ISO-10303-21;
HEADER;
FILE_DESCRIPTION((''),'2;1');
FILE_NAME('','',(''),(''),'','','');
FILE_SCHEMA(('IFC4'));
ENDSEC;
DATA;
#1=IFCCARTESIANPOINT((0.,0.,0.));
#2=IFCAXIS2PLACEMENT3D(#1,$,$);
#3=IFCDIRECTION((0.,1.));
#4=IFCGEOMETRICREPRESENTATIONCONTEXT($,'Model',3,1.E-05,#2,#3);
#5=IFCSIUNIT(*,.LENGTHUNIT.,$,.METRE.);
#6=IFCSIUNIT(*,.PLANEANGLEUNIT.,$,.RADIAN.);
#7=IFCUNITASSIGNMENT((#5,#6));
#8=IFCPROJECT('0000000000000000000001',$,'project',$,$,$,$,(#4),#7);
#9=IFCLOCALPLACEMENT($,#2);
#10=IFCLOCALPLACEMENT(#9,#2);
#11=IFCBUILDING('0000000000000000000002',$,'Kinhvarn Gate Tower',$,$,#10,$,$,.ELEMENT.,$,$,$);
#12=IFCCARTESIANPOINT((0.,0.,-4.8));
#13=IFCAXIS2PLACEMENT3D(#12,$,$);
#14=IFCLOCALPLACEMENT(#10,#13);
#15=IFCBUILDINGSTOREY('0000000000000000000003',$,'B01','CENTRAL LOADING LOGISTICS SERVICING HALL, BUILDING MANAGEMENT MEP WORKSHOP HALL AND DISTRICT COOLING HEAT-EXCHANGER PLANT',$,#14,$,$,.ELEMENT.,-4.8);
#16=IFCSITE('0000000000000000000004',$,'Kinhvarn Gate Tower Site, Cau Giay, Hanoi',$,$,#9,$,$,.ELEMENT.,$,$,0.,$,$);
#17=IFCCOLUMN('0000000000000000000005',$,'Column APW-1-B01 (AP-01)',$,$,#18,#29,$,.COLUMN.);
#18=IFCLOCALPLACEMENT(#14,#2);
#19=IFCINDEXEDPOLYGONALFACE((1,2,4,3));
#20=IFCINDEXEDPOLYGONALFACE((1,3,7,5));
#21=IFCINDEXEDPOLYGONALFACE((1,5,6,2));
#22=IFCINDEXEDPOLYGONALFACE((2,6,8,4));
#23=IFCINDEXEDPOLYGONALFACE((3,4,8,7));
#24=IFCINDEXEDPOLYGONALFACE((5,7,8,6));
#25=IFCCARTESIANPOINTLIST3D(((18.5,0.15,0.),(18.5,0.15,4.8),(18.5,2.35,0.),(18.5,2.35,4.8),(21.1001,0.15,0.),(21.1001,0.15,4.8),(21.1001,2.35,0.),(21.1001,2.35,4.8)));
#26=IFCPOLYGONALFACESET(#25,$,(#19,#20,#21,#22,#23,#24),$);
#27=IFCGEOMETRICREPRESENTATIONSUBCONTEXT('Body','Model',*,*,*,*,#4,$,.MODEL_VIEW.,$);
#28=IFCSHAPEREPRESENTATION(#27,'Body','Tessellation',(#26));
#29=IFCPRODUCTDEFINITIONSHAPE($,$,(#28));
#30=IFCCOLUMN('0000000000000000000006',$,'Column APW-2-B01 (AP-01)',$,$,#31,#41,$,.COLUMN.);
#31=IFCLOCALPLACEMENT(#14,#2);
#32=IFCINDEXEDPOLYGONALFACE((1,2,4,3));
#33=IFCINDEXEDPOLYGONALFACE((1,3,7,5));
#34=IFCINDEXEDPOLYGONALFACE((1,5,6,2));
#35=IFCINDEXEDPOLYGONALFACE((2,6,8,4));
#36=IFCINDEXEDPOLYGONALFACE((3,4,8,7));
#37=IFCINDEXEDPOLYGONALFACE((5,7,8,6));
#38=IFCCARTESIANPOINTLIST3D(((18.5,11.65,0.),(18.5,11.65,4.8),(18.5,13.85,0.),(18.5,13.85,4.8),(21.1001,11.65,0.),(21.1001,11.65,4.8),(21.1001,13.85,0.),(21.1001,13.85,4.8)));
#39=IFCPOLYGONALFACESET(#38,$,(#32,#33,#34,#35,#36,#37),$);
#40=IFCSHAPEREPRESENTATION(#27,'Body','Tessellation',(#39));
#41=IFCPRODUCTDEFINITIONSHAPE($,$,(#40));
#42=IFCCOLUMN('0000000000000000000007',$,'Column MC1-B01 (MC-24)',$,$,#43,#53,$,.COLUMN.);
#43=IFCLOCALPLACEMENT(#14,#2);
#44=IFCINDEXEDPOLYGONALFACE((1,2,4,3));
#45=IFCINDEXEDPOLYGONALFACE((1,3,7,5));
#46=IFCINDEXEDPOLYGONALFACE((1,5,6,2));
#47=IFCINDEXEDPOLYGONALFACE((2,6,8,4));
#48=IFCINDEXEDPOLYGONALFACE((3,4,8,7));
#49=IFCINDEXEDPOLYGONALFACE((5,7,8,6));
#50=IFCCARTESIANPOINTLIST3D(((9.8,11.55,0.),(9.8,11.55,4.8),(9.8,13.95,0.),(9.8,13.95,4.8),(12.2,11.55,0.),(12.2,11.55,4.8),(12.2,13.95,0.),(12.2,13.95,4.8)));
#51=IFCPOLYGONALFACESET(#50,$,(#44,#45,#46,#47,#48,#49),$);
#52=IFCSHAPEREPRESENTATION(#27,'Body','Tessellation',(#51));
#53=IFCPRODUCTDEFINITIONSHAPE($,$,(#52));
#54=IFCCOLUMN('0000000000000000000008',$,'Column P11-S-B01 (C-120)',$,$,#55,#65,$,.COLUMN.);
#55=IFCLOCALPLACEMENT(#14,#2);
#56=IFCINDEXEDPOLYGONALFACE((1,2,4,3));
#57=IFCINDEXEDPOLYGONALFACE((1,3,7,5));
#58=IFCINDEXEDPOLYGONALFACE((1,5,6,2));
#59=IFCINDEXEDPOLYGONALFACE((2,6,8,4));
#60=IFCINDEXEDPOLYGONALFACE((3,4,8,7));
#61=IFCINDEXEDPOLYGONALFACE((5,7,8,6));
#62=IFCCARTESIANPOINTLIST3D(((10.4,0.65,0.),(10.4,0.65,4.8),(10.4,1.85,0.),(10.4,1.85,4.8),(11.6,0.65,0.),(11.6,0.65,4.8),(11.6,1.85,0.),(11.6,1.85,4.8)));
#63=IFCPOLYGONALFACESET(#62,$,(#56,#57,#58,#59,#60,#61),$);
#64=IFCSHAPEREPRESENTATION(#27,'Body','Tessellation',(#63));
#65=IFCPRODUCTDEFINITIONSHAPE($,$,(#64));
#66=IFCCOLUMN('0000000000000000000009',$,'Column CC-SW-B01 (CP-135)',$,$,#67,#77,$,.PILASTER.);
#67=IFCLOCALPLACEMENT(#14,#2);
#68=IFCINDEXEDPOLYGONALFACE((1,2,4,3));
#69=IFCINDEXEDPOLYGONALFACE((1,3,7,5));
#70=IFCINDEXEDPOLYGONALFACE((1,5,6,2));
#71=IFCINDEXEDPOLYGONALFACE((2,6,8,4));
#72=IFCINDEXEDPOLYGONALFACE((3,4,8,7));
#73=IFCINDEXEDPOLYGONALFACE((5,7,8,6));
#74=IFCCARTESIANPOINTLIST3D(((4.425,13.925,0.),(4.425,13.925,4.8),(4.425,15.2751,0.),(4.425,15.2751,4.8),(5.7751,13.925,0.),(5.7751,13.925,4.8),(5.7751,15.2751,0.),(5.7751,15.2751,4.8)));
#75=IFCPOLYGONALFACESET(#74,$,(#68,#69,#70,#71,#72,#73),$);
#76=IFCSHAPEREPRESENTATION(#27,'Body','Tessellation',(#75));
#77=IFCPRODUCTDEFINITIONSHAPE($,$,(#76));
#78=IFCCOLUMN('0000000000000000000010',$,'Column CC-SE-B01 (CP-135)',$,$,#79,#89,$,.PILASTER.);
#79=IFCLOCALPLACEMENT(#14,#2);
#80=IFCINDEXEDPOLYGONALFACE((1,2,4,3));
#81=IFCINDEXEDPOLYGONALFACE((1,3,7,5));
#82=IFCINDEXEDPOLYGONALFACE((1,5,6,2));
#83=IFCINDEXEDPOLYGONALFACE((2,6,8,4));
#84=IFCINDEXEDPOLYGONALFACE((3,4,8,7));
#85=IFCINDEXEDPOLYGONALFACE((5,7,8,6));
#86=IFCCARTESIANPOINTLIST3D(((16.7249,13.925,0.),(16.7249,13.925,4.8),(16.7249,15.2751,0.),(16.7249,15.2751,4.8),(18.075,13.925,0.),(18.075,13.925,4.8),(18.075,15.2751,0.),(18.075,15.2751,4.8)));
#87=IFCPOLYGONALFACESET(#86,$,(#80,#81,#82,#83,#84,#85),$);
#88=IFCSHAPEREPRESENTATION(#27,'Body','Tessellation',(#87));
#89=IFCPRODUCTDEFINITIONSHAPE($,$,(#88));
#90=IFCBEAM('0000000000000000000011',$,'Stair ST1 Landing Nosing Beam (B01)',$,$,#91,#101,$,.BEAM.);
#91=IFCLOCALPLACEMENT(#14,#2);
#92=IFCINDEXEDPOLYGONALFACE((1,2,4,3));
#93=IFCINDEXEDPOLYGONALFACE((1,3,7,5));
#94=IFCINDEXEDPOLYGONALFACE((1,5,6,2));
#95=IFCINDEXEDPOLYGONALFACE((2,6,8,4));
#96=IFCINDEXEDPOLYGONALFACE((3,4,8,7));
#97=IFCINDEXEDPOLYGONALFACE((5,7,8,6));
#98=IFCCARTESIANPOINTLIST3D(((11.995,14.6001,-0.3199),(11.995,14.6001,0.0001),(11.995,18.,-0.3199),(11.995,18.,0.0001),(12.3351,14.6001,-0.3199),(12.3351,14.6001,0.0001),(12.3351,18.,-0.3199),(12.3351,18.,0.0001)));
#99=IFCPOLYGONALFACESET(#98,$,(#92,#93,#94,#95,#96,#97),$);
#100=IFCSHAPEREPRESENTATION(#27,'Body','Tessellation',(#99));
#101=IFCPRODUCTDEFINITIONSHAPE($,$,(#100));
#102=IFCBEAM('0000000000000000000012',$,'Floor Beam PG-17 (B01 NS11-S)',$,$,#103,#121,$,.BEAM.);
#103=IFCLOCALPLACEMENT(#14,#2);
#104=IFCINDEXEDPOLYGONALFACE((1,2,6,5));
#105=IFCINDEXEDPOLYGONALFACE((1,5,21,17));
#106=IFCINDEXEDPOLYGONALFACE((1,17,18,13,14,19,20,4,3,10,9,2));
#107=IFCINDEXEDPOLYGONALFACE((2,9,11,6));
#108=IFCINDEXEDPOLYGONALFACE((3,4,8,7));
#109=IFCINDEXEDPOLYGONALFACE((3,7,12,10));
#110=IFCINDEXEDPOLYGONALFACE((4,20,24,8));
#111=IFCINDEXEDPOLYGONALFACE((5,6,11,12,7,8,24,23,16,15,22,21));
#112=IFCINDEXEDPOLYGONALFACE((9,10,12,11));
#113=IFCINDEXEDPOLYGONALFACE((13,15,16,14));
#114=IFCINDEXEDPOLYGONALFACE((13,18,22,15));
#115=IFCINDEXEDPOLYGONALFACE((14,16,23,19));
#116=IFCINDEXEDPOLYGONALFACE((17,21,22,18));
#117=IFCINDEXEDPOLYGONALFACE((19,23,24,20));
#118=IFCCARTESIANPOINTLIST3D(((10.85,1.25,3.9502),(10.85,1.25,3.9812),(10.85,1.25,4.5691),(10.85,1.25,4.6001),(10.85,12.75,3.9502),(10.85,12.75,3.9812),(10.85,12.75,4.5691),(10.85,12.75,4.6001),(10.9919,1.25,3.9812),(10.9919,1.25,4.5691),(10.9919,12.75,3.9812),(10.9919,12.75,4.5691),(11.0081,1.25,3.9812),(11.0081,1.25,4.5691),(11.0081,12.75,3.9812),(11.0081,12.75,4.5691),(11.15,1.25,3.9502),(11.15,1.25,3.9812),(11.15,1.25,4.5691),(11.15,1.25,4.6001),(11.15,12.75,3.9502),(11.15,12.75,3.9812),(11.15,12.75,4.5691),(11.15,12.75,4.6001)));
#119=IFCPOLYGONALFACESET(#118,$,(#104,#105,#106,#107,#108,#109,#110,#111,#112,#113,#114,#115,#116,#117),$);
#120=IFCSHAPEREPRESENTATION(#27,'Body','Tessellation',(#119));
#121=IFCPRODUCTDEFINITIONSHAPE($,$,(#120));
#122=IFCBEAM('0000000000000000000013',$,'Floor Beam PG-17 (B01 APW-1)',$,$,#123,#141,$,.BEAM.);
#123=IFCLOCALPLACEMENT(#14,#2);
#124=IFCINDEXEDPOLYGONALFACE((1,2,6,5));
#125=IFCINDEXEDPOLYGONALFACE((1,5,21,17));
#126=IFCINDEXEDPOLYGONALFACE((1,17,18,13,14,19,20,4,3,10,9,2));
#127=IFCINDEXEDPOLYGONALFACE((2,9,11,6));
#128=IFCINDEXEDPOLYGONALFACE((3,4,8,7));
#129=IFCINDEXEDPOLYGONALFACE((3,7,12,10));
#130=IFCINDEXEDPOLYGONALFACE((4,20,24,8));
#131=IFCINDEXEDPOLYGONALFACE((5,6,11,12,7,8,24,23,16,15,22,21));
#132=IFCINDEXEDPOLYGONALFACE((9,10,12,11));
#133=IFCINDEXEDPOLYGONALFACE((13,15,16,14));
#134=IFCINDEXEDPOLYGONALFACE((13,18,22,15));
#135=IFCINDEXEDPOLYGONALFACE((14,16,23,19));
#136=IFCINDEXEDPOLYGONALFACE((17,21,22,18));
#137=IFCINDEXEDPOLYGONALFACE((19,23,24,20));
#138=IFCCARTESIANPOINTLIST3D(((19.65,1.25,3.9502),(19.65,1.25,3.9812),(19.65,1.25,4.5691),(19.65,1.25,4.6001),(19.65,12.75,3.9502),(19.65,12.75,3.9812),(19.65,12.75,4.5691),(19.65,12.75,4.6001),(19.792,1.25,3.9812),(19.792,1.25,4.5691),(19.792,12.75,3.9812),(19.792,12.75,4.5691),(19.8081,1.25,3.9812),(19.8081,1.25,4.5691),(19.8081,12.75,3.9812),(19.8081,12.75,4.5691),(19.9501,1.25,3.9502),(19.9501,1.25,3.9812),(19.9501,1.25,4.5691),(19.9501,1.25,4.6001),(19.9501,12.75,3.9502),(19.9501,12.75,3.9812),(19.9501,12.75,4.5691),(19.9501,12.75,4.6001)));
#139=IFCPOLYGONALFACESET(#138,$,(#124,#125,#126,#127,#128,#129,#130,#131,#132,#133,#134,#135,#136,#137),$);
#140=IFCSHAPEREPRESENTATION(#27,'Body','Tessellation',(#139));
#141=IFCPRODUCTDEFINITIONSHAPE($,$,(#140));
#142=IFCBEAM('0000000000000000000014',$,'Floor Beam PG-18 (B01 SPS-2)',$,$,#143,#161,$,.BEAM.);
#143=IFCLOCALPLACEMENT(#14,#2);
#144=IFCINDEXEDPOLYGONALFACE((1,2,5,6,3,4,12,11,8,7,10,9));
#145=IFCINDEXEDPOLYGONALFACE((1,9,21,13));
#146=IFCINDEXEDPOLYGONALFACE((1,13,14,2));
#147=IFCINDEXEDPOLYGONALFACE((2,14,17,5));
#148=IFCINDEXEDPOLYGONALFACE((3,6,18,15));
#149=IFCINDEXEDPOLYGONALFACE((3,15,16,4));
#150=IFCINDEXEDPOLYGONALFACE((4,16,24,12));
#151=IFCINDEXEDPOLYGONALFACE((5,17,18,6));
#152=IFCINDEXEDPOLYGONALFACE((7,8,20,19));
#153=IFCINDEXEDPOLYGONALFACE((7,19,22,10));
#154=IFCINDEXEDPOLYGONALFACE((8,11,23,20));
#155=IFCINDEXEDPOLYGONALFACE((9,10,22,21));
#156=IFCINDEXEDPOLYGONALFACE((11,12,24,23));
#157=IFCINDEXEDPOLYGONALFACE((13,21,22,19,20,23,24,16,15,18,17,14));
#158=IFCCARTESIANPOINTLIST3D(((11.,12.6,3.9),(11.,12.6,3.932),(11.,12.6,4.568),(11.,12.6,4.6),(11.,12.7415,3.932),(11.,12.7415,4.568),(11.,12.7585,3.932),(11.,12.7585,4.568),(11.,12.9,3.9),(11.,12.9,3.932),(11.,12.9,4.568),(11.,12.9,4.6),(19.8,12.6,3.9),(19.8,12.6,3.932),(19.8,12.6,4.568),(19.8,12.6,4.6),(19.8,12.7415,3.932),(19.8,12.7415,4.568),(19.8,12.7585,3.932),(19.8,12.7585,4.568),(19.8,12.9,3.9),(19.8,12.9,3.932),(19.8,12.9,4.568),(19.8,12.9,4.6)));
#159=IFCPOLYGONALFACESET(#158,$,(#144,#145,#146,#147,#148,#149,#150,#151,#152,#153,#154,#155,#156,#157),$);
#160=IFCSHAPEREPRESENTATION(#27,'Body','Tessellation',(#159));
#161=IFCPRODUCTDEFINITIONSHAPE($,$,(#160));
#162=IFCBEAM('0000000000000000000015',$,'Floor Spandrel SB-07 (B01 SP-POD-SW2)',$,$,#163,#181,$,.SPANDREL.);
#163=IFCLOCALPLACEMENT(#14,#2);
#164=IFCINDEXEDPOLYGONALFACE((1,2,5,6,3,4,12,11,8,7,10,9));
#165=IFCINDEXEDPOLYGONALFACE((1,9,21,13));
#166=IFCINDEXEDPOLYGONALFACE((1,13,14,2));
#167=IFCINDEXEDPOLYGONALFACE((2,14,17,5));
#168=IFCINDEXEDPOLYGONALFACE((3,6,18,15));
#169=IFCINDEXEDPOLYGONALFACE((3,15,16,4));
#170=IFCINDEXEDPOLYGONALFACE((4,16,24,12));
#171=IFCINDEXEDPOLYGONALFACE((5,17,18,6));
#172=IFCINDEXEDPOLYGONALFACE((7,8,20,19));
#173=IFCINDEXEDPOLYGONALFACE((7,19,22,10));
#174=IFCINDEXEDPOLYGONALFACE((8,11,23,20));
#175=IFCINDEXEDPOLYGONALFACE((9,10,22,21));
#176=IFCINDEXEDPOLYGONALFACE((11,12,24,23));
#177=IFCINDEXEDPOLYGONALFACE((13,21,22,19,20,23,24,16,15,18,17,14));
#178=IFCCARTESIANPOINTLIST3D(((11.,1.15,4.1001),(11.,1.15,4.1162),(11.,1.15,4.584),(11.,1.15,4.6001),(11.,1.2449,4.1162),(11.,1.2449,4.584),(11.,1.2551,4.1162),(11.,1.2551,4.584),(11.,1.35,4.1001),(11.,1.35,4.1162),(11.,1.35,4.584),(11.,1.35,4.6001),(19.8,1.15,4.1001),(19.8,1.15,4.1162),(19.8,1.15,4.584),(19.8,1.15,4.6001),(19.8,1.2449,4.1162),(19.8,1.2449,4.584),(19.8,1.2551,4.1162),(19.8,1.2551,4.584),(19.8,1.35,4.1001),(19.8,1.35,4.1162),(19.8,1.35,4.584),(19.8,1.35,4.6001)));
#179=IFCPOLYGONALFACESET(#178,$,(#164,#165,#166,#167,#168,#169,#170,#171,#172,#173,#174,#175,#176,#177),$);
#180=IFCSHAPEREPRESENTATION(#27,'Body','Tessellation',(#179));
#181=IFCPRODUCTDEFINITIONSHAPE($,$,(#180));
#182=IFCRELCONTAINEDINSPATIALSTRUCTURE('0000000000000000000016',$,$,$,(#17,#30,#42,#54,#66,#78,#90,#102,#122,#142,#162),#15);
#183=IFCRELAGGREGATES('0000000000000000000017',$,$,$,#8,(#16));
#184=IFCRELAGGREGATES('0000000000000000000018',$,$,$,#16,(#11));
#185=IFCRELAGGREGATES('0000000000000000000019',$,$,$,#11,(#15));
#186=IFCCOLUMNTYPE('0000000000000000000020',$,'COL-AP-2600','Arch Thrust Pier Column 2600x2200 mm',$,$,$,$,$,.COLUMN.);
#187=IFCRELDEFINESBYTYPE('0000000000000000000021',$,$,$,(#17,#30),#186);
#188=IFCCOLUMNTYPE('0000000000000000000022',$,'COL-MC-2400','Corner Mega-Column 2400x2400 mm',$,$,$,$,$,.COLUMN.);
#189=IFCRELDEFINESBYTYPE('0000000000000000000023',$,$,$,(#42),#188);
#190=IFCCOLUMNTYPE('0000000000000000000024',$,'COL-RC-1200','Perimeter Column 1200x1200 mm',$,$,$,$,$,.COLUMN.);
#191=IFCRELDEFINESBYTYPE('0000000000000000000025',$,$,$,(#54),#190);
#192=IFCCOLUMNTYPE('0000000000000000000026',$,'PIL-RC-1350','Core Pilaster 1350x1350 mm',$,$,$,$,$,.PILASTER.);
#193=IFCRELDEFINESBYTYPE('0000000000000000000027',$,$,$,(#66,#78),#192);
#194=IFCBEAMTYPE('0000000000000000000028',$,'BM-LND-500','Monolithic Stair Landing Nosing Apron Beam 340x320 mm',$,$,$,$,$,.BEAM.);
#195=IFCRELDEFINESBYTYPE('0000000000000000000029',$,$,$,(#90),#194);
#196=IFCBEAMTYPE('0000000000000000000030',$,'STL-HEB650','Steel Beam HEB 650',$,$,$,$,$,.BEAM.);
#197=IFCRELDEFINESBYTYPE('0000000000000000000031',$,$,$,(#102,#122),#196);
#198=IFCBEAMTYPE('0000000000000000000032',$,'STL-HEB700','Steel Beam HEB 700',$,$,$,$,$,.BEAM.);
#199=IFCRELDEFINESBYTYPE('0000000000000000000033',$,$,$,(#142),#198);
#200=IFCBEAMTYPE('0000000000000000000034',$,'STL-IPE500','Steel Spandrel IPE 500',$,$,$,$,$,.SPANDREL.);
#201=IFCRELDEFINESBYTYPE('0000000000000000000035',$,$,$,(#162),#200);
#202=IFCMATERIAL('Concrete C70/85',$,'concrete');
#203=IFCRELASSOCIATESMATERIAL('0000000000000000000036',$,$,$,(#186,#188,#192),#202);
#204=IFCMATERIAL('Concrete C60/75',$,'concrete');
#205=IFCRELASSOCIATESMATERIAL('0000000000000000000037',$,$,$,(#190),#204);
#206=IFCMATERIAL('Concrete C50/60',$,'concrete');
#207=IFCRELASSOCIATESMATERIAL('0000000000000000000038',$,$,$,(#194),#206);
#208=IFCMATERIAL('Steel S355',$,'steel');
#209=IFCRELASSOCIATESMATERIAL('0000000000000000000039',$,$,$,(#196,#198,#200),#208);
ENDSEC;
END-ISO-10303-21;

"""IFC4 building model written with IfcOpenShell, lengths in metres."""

from ifc_helpers import new_model, si_unit, direction, frame, origin, origin_2d, place, context, subcontext, project, spatial, rectangle, i_section, extrude, material, material_profile, profile_set, type_object, element, save


model = new_model("IFC4")

# Units and contexts
model_context = context("Model", 3, precision=1e-05, world=origin(), true_north=direction((0.0, 1.0)))
body_context = subcontext(model_context, "Body", "Model", "MODEL_VIEW")
ifc_project = project(units=[si_unit("LENGTHUNIT", "METRE"), si_unit("PLANEANGLEUNIT", "RADIAN")], contexts=[model_context])

# Site, building, storey
site_placement = place(None, origin())
site = spatial("IfcSite", under=ifc_project, at=site_placement, Name="Kinhvarn Gate Tower Site, Cau Giay, Hanoi", CompositionType="ELEMENT", RefElevation=0.0)
building_placement = place(site_placement, origin())
building = spatial("IfcBuilding", under=site, at=building_placement, Name="Kinhvarn Gate Tower", CompositionType="ELEMENT")
storey_placement = place(building_placement, frame((0.0, 0.0, -4.8)))
storey = spatial("IfcBuildingStorey", under=building, at=storey_placement, Name="B01", Description="CENTRAL LOADING LOGISTICS SERVICING HALL, BUILDING MANAGEMENT MEP WORKSHOP HALL AND DISTRICT COOLING HEAT-EXCHANGER PLANT", CompositionType="ELEMENT", Elevation=-4.8)

# Columns
ifc_material_1 = material(Name="Concrete C70/85", Category="concrete")
ifc_material_profile_1 = material_profile(ifc_material_1, rectangle(XDim=2.6001, YDim=2.2, at=origin_2d()), Name="RC 2600x2200")
ifc_profile_set_1 = profile_set([ifc_material_profile_1], Name="Concrete C70/85")
column_type_1 = type_object("IfcColumnType", Name="COL-AP-2600", Description="Arch Thrust Pier Column 2600x2200 mm", PredefinedType="COLUMN", material=ifc_profile_set_1)
for number, where, z_axis, x_axis, name in (
    (1, (19.8, 1.25, 0.0), (0.0, 0.0, 1.0), (1.0, 0.0, 0.0), "Column APW-1-B01 (AP-01)"),
    (2, (19.8, 12.75, 0.0), (0.0, 0.0, 1.0), (1.0, 0.0, 0.0), "Column APW-2-B01 (AP-01)"),
):
    element("IfcColumn", number, at=place(storey_placement, frame(where, z_axis=z_axis, x_axis=x_axis)), inside=storey, type_object=column_type_1, Name=name, PredefinedType="COLUMN", context=body_context, shape_type="SweptSolid", body=[
        extrude(rectangle(XDim=2.6001, YDim=2.2, at=origin_2d()), origin(), (0.0, 0.0, 1.0), 4.8),
    ])
ifc_material_profile_2 = material_profile(ifc_material_1, rectangle(XDim=2.3999, YDim=2.3999, at=origin_2d()), Name="RC 2400x2400")
ifc_profile_set_2 = profile_set([ifc_material_profile_2], Name="Concrete C70/85")
column_type_2 = type_object("IfcColumnType", Name="COL-MC-2400", Description="Corner Mega-Column 2400x2400 mm", PredefinedType="COLUMN", material=ifc_profile_set_2)
column_1_placement = place(storey_placement, frame((11.0, 12.75, 0.0), z_axis=(0.0, 0.0, 1.0), x_axis=(1.0, 0.0, 0.0)))
element("IfcColumn", 3, at=column_1_placement, inside=storey, type_object=column_type_2, Name="Column MC1-B01 (MC-24)", PredefinedType="COLUMN", context=body_context, shape_type="SweptSolid", body=[
    extrude(rectangle(XDim=2.3999, YDim=2.3999, at=origin_2d()), origin(), (0.0, 0.0, 1.0), 4.8),
])
ifc_material_2 = material(Name="Concrete C60/75", Category="concrete")
ifc_material_profile_3 = material_profile(ifc_material_2, rectangle(XDim=1.2, YDim=1.2, at=origin_2d()), Name="RC 1200x1200")
ifc_profile_set_3 = profile_set([ifc_material_profile_3], Name="Concrete C60/75")
column_type_3 = type_object("IfcColumnType", Name="COL-RC-1200", Description="Perimeter Column 1200x1200 mm", PredefinedType="COLUMN", material=ifc_profile_set_3)
column_2_placement = place(storey_placement, frame((11.0, 1.25, 0.0), z_axis=(0.0, 0.0, 1.0), x_axis=(1.0, 0.0, 0.0)))
element("IfcColumn", 4, at=column_2_placement, inside=storey, type_object=column_type_3, Name="Column P11-S-B01 (C-120)", PredefinedType="COLUMN", context=body_context, shape_type="SweptSolid", body=[
    extrude(rectangle(XDim=1.2, YDim=1.2, at=origin_2d()), origin(), (0.0, 0.0, 1.0), 4.8),
])
ifc_material_profile_4 = material_profile(ifc_material_1, rectangle(XDim=1.3501, YDim=1.3501, at=origin_2d()), Name="RC 1350x1350")
ifc_profile_set_4 = profile_set([ifc_material_profile_4], Name="Concrete C70/85")
column_type_4 = type_object("IfcColumnType", Name="PIL-RC-1350", Description="Core Pilaster 1350x1350 mm", PredefinedType="PILASTER", material=ifc_profile_set_4)
for number, where, z_axis, x_axis, name in (
    (5, (5.1001, 14.6001, 0.0), (0.0, 0.0, 1.0), (1.0, 0.0, 0.0), "Column CC-SW-B01 (CP-135)"),
    (6, (17.3999, 14.6001, 0.0), (0.0, 0.0, 1.0), (1.0, 0.0, 0.0), "Column CC-SE-B01 (CP-135)"),
):
    element("IfcColumn", number, at=place(storey_placement, frame(where, z_axis=z_axis, x_axis=x_axis)), inside=storey, type_object=column_type_4, Name=name, PredefinedType="PILASTER", context=body_context, shape_type="SweptSolid", body=[
        extrude(rectangle(XDim=1.3501, YDim=1.3501, at=origin_2d()), origin(), (0.0, 0.0, 1.0), 4.8),
    ])

# Beams
ifc_material_3 = material(Name="Concrete C50/60", Category="concrete")
ifc_material_profile_5 = material_profile(ifc_material_3, rectangle(XDim=0.3401, YDim=0.3201, at=origin_2d()), Name="RC 340x320")
ifc_profile_set_5 = profile_set([ifc_material_profile_5], Name="Concrete C50/60")
beam_type_1 = type_object("IfcBeamType", Name="BM-LND-500", Description="Monolithic Stair Landing Nosing Apron Beam 340x320 mm", PredefinedType="BEAM", material=ifc_profile_set_5)
beam_1_placement = place(storey_placement, frame((12.165, 14.6001, -0.1599), z_axis=(0.0, 1.0, 0.0), x_axis=(-1.0, 0.0, 0.0)))
element("IfcBeam", 7, at=beam_1_placement, inside=storey, type_object=beam_type_1, Name="Stair ST1 Landing Nosing Beam (B01)", PredefinedType="BEAM", context=body_context, shape_type="SweptSolid", body=[
    extrude(rectangle(XDim=0.3401, YDim=0.3201, at=origin_2d()), origin(), (0.0, 0.0, 1.0), 3.3999),
])
ifc_material_4 = material(Name="Steel S355", Category="steel")
ifc_material_profile_6 = material_profile(ifc_material_4, i_section(OverallWidth=0.3, OverallDepth=0.6499, WebThickness=0.0161, FlangeThickness=0.031, at=origin_2d()), Name="HEB 650")
ifc_profile_set_6 = profile_set([ifc_material_profile_6], Name="Steel S355")
beam_type_2 = type_object("IfcBeamType", Name="STL-HEB650", Description="Steel Beam HEB 650", PredefinedType="BEAM", material=ifc_profile_set_6)
for number, where, z_axis, x_axis, name in (
    (8, (11.0, 1.25, 4.2751), (0.0, 1.0, 0.0), (-1.0, 0.0, 0.0), "Floor Beam PG-17 (B01 NS11-S)"),
    (9, (19.8, 1.25, 4.2751), (0.0, 1.0, 0.0), (-1.0, 0.0, 0.0), "Floor Beam PG-17 (B01 APW-1)"),
):
    element("IfcBeam", number, at=place(storey_placement, frame(where, z_axis=z_axis, x_axis=x_axis)), inside=storey, type_object=beam_type_2, Name=name, PredefinedType="BEAM", context=body_context, shape_type="SweptSolid", body=[
        extrude(i_section(OverallWidth=0.3, OverallDepth=0.6499, WebThickness=0.0161, FlangeThickness=0.031, at=origin_2d()), origin(), (0.0, 0.0, 1.0), 11.5),
    ])
ifc_material_profile_7 = material_profile(ifc_material_4, i_section(OverallWidth=0.3, OverallDepth=0.7, WebThickness=0.0171, FlangeThickness=0.032, at=origin_2d()), Name="HEB 700")
ifc_profile_set_7 = profile_set([ifc_material_profile_7], Name="Steel S355")
beam_type_3 = type_object("IfcBeamType", Name="STL-HEB700", Description="Steel Beam HEB 700", PredefinedType="BEAM", material=ifc_profile_set_7)
beam_2_placement = place(storey_placement, frame((11.0, 12.75, 4.25), z_axis=(1.0, 0.0, 0.0), x_axis=(0.0, 1.0, 0.0)))
element("IfcBeam", 10, at=beam_2_placement, inside=storey, type_object=beam_type_3, Name="Floor Beam PG-18 (B01 SPS-2)", PredefinedType="BEAM", context=body_context, shape_type="SweptSolid", body=[
    extrude(i_section(OverallWidth=0.3, OverallDepth=0.7, WebThickness=0.0171, FlangeThickness=0.032, at=origin_2d()), origin(), (0.0, 0.0, 1.0), 8.8),
])
ifc_material_profile_8 = material_profile(ifc_material_4, i_section(OverallWidth=0.2, OverallDepth=0.5, WebThickness=0.0103, FlangeThickness=0.0161, at=origin_2d()), Name="IPE 500")
ifc_profile_set_8 = profile_set([ifc_material_profile_8], Name="Steel S355")
beam_type_4 = type_object("IfcBeamType", Name="STL-IPE500", Description="Steel Spandrel IPE 500", PredefinedType="SPANDREL", material=ifc_profile_set_8)
beam_3_placement = place(storey_placement, frame((11.0, 1.25, 4.3501), z_axis=(1.0, 0.0, 0.0), x_axis=(0.0, 1.0, 0.0)))
element("IfcBeam", 11, at=beam_3_placement, inside=storey, type_object=beam_type_4, Name="Floor Spandrel SB-07 (B01 SP-POD-SW2)", PredefinedType="SPANDREL", context=body_context, shape_type="SweptSolid", body=[
    extrude(i_section(OverallWidth=0.2, OverallDepth=0.5, WebThickness=0.0103, FlangeThickness=0.0161, at=origin_2d()), origin(), (0.0, 0.0, 1.0), 8.8),
])

save(model, "model.ifc")
